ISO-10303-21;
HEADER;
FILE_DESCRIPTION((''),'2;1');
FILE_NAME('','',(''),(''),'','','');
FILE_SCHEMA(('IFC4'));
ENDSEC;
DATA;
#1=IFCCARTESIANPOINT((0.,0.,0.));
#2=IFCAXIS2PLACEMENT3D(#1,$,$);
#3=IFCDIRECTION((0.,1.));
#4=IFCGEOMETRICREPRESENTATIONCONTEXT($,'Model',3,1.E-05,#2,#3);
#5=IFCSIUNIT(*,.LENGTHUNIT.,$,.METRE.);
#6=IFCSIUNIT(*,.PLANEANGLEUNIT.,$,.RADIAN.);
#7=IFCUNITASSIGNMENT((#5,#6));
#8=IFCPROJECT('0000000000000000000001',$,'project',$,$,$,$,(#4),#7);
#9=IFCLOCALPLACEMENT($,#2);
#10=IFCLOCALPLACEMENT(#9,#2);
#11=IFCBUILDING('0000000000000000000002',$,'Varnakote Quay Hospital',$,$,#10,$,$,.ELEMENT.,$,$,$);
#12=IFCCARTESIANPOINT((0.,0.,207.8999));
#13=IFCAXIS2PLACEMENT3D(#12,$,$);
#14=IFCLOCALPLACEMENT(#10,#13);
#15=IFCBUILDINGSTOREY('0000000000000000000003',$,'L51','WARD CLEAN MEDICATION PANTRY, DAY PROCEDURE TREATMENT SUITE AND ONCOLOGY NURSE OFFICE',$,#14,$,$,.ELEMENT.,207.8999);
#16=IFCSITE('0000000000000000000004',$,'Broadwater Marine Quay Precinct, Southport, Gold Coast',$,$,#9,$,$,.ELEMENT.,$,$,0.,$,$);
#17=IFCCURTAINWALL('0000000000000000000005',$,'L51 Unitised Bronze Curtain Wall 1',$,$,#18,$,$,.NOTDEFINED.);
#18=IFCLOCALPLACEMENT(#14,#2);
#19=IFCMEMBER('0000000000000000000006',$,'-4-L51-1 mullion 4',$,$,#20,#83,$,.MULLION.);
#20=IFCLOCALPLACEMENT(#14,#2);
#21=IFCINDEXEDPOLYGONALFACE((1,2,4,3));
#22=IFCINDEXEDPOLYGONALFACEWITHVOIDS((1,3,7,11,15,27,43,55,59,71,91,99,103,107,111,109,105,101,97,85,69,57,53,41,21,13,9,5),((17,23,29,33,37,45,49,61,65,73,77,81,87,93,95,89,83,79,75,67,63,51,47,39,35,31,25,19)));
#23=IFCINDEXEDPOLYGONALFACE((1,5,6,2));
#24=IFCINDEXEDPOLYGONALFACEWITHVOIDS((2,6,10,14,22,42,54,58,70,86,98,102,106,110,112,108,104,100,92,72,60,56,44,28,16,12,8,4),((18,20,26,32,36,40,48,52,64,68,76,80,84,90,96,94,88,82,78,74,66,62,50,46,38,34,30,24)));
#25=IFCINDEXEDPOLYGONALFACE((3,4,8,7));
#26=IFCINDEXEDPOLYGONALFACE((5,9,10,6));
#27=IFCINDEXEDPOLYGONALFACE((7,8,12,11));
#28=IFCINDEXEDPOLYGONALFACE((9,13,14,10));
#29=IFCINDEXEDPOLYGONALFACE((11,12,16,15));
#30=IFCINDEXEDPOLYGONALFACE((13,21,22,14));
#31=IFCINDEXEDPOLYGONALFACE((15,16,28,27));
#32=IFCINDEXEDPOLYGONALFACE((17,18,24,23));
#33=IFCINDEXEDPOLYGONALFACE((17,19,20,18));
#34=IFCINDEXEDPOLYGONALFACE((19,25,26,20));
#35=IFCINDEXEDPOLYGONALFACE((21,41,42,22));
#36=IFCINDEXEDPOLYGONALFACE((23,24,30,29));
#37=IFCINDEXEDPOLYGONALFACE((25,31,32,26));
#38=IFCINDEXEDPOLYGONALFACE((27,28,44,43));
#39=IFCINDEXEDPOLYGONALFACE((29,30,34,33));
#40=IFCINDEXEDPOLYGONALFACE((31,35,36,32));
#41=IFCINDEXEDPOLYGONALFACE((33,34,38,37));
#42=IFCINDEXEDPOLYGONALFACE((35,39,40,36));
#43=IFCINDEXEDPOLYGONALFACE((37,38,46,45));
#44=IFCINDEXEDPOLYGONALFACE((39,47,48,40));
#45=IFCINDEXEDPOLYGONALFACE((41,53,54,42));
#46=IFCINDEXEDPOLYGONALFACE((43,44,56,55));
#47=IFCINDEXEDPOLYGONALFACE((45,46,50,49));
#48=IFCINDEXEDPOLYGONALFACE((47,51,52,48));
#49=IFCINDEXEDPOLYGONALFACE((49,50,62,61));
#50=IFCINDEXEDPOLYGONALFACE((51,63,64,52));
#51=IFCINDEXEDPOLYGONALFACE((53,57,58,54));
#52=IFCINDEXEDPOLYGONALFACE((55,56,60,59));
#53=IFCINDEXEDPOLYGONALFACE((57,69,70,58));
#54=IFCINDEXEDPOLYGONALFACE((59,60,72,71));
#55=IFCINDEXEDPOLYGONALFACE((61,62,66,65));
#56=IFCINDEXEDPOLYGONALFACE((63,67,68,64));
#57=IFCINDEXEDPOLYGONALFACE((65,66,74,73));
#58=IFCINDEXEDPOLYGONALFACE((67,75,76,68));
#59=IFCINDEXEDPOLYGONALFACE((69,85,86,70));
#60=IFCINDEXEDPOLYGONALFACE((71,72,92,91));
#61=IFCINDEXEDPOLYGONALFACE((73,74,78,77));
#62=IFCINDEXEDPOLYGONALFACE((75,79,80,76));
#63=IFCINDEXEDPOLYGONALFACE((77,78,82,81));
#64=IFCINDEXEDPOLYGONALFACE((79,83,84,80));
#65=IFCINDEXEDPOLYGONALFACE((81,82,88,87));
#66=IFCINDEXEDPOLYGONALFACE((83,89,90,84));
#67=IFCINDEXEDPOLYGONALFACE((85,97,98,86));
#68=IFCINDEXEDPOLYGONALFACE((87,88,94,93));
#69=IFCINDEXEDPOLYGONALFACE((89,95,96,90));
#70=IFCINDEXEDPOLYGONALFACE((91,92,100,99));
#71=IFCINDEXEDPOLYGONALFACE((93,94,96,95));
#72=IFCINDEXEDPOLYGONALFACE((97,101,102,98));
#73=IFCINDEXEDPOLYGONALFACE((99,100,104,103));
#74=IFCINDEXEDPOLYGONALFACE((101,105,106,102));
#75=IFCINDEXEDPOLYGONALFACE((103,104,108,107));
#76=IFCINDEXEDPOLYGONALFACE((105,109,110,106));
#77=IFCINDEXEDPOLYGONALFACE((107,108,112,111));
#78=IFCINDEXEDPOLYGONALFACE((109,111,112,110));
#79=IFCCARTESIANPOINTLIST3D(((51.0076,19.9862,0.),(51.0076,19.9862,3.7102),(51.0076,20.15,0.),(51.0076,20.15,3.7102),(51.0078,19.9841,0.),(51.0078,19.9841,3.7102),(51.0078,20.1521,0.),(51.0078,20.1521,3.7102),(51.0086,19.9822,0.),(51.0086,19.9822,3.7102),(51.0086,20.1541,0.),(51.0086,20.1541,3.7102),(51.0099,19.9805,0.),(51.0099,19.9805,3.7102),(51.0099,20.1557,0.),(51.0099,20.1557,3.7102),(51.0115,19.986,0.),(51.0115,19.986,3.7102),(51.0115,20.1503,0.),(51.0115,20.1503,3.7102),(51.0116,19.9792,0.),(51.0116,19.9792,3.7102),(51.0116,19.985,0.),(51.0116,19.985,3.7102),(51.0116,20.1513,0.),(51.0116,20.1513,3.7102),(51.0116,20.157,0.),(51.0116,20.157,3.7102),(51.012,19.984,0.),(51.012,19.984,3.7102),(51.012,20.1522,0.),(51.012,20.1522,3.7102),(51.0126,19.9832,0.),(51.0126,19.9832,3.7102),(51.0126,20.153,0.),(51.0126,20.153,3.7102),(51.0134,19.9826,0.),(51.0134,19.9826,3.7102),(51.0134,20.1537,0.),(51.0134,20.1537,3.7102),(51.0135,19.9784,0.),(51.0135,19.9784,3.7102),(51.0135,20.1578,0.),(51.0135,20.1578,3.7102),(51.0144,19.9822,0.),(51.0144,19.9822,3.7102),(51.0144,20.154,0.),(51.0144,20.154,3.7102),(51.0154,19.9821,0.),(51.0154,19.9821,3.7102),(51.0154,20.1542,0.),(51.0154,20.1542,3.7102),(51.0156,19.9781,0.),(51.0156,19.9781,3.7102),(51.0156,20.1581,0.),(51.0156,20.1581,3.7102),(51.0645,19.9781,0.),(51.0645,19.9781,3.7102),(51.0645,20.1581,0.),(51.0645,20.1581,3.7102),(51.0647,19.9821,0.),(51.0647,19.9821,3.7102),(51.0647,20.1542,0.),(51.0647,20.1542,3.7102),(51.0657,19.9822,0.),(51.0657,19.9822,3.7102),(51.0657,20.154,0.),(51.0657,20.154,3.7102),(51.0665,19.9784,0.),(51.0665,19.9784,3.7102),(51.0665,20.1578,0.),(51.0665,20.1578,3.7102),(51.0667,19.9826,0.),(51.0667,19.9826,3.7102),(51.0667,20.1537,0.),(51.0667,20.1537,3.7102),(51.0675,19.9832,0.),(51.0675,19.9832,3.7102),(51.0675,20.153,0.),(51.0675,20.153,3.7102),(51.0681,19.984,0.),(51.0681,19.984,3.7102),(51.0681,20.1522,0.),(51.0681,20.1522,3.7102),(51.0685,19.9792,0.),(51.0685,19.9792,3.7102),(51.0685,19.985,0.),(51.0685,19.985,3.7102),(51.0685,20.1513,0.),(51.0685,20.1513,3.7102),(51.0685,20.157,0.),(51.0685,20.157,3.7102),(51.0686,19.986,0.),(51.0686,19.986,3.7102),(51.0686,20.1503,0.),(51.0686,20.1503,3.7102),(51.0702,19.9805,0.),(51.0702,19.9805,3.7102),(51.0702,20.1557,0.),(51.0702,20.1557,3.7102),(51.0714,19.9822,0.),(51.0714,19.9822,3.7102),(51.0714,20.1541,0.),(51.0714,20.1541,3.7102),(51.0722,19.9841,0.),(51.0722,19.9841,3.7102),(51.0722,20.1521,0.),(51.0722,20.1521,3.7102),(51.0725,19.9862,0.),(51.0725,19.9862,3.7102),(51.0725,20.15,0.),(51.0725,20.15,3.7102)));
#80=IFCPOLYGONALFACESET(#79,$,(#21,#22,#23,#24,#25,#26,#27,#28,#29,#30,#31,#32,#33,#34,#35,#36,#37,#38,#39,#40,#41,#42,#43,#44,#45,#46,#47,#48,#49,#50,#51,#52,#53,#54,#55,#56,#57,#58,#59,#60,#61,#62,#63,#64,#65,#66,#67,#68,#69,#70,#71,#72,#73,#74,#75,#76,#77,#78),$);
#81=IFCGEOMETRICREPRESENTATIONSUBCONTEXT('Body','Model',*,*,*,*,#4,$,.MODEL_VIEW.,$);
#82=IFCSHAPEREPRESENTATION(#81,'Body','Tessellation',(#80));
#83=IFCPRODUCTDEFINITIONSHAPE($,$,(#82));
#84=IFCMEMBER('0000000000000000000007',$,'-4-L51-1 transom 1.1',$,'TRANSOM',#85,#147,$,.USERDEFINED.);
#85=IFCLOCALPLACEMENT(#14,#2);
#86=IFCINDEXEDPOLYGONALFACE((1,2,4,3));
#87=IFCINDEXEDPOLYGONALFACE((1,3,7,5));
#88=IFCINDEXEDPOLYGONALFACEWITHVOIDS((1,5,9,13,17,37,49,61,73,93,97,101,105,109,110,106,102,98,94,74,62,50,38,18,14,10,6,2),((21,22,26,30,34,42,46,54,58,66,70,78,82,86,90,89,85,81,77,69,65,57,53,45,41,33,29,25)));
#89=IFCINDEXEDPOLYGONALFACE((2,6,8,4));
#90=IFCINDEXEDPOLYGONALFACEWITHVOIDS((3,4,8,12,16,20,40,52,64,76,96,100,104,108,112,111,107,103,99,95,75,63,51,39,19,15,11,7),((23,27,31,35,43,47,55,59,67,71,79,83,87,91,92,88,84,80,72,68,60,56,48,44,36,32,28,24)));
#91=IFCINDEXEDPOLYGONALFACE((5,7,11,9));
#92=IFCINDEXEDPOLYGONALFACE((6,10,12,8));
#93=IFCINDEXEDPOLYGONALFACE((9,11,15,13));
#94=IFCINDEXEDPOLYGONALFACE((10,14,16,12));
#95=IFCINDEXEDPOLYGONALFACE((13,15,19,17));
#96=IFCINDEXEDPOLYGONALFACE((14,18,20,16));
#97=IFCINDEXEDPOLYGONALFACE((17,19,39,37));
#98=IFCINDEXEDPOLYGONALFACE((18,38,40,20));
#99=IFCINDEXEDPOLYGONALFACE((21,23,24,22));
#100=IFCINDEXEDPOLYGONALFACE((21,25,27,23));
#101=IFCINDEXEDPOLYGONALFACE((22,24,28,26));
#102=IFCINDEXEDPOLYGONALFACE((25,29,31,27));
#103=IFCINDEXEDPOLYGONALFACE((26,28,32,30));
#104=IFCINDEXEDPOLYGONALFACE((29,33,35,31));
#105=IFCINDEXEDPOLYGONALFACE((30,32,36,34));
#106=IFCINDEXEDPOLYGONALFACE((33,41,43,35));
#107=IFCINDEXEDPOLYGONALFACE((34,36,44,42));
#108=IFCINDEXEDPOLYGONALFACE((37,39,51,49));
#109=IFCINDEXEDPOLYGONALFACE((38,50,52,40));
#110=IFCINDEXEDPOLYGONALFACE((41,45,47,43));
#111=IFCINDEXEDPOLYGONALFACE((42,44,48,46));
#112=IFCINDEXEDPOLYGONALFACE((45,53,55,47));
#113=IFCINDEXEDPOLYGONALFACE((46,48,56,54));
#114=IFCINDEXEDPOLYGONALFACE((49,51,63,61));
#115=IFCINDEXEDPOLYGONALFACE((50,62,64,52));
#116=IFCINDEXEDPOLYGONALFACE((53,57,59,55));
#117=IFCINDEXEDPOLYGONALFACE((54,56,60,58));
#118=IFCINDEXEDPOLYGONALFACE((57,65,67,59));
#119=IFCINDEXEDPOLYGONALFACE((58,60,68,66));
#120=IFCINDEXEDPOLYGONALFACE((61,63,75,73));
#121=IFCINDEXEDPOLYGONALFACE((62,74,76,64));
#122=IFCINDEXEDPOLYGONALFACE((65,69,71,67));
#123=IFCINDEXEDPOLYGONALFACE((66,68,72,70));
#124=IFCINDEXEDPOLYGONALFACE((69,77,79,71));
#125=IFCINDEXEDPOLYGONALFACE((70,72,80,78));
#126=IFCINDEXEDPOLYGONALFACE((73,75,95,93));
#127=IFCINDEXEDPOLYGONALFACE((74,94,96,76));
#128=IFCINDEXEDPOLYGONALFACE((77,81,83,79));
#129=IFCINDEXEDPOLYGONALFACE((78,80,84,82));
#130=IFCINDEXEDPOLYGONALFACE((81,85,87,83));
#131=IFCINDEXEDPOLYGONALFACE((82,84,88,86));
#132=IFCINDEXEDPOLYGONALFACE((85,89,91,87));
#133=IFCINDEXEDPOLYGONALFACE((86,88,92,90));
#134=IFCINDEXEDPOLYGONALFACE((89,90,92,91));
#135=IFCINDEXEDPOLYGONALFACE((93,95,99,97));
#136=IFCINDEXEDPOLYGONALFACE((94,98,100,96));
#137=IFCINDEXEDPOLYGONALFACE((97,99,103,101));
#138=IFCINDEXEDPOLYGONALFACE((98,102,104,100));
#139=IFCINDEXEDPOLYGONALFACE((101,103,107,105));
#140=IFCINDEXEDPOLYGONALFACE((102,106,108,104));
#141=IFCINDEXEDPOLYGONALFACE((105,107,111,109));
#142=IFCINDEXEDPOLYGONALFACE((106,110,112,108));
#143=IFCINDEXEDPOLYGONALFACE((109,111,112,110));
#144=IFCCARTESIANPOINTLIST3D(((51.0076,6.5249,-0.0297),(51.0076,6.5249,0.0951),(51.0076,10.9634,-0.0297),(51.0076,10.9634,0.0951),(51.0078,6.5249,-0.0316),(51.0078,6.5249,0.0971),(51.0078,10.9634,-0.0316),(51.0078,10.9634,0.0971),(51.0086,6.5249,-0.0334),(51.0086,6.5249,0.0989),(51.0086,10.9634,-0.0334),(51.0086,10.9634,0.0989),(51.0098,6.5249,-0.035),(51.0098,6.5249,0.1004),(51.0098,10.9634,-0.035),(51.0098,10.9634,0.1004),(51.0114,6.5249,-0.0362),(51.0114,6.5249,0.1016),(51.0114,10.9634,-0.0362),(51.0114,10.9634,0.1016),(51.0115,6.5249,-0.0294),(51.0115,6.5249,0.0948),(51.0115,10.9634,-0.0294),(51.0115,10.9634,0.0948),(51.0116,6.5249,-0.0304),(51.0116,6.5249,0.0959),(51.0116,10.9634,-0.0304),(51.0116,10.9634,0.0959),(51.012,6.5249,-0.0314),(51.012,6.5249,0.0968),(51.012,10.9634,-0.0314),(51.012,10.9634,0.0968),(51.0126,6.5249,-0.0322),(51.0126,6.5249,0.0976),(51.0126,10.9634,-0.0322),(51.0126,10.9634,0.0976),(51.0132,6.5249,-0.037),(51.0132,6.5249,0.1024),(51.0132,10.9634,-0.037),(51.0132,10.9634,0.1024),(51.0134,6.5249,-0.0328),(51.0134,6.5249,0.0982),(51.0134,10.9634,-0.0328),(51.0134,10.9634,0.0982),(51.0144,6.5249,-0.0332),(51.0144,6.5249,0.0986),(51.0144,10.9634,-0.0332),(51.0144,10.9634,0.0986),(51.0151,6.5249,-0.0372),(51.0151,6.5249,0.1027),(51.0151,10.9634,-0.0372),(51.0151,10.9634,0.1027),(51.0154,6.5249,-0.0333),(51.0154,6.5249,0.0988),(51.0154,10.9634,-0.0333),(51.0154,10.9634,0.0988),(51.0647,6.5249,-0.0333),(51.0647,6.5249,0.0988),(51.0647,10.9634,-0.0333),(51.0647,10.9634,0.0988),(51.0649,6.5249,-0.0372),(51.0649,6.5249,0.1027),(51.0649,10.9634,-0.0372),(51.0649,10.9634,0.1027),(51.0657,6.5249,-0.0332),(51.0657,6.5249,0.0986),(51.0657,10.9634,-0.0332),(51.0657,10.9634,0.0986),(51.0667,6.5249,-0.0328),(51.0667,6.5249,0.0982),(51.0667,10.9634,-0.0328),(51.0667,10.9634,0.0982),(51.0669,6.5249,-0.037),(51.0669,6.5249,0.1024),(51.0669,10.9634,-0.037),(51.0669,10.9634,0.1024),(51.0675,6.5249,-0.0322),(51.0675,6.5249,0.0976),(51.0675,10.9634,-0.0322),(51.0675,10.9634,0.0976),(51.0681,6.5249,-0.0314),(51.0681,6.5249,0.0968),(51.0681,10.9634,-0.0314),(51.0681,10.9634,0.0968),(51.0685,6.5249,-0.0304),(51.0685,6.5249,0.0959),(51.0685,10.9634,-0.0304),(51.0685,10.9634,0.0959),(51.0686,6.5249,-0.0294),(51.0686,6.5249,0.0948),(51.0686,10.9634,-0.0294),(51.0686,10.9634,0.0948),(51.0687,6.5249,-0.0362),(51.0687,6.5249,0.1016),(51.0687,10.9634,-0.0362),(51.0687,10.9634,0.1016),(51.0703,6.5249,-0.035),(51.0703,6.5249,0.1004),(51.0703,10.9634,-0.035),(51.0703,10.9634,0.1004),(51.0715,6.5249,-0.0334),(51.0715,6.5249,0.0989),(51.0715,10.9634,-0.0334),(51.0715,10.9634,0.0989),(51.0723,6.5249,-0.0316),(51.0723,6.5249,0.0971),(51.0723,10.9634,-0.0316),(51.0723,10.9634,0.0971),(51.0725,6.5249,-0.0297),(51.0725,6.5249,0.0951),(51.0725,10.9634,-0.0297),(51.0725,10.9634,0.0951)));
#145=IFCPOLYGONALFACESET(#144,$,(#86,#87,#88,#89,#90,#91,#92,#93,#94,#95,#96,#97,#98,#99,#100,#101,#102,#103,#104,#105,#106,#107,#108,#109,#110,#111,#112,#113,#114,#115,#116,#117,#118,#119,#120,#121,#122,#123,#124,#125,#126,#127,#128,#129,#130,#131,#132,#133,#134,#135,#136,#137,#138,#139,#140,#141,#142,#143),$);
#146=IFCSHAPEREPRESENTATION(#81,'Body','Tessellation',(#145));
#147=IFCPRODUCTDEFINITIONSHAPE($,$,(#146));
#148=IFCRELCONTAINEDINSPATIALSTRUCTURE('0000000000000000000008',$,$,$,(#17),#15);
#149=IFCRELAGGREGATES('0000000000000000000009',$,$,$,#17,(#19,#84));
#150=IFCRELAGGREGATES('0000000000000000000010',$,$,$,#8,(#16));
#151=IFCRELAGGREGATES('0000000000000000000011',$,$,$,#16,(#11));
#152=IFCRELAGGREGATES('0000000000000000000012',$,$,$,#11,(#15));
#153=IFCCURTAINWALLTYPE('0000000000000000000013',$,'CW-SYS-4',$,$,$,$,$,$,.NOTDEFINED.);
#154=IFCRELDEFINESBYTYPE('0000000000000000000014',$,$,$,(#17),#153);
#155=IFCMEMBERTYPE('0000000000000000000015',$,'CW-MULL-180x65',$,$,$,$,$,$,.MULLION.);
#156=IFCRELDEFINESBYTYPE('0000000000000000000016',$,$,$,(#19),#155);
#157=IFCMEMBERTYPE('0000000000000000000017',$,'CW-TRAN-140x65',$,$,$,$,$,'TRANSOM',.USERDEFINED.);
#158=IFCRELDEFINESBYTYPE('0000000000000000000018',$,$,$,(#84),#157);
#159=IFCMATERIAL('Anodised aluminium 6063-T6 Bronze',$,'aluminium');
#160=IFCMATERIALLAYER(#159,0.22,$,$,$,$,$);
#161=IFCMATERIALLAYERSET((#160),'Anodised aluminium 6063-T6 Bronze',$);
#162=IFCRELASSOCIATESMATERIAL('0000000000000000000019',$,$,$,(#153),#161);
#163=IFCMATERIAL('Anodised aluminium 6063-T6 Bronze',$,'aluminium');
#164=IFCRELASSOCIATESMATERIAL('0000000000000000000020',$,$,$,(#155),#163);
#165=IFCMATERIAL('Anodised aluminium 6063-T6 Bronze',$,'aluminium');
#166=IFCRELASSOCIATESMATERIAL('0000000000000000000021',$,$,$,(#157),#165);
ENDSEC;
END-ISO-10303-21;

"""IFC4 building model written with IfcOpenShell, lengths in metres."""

from ifc_helpers import new_model, si_unit, direction, frame, origin, origin_2d, place, context, subcontext, project, spatial, hollow_rectangle, extrude, material, layer, layer_set, material_profile, profile_set, type_object, element, aggregate, save


model = new_model("IFC4")

# Units and contexts
model_context = context("Model", 3, precision=1e-05, world=origin(), true_north=direction((0.0, 1.0)))
body_context = subcontext(model_context, "Body", "Model", "MODEL_VIEW")
ifc_project = project(units=[si_unit("LENGTHUNIT", "METRE"), si_unit("PLANEANGLEUNIT", "RADIAN")], contexts=[model_context])

# Site, building, storey
site_placement = place(None, origin())
site = spatial("IfcSite", under=ifc_project, at=site_placement, Name="Broadwater Marine Quay Precinct, Southport, Gold Coast", CompositionType="ELEMENT", RefElevation=0.0)
building_placement = place(site_placement, origin())
building = spatial("IfcBuilding", under=site, at=building_placement, Name="Varnakote Quay Hospital", CompositionType="ELEMENT")
storey_placement = place(building_placement, frame((0.0, 0.0, 207.8999)))
storey = spatial("IfcBuildingStorey", under=building, at=storey_placement, Name="L51", Description="WARD CLEAN MEDICATION PANTRY, DAY PROCEDURE TREATMENT SUITE AND ONCOLOGY NURSE OFFICE", CompositionType="ELEMENT", Elevation=207.8999)

# Curtain wall, members
ifc_material_1 = material(Name="Anodised aluminium 6063-T6 Bronze", Category="aluminium")
ifc_layer_1 = layer(ifc_material_1, 0.22)
ifc_layer_set_1 = layer_set([ifc_layer_1], Name="Anodised aluminium 6063-T6 Bronze")
curtain_wall_type = type_object("IfcCurtainWallType", Name="CW-SYS-4", PredefinedType="NOTDEFINED", material=ifc_layer_set_1)
curtain_wall_placement = place(storey_placement, origin())
curtain_wall = element("IfcCurtainWall", 1, at=curtain_wall_placement, inside=storey, type_object=curtain_wall_type, Name="L51 Unitised Bronze Curtain Wall 1", PredefinedType="NOTDEFINED")
ifc_material_2 = material(Name="Anodised aluminium 6063-T6 Bronze", Category="aluminium")
ifc_material_profile_1 = material_profile(ifc_material_2, hollow_rectangle(XDim=0.0649, YDim=0.1799, WallThickness=0.0039, InnerFilletRadius=0.0039, OuterFilletRadius=0.0081, at=origin_2d()), Name="CW-MULL-180x65")
ifc_profile_set_1 = profile_set([ifc_material_profile_1], Name="Anodised aluminium 6063-T6 Bronze")
member_type_1 = type_object("IfcMemberType", Name="CW-MULL-180x65", PredefinedType="MULLION", material=ifc_profile_set_1)
member_1_placement = place(storey_placement, frame((51.04, 20.0681, 0.0), z_axis=(0.0, 0.0, 1.0), x_axis=(-1.0, 0.0, 0.0)))
member_1 = element("IfcMember", 2, at=member_1_placement, type_object=member_type_1, Name="-4-L51-1 mullion 4", PredefinedType="MULLION", context=body_context, shape_type="SweptSolid", body=[
    extrude(hollow_rectangle(XDim=0.0649, YDim=0.1799, WallThickness=0.0039, InnerFilletRadius=0.0039, OuterFilletRadius=0.0081, at=origin_2d()), origin(), (0.0, 0.0, 1.0), 3.7102),
])
ifc_material_3 = material(Name="Anodised aluminium 6063-T6 Bronze", Category="aluminium")
ifc_material_profile_2 = material_profile(ifc_material_3, hollow_rectangle(XDim=0.0649, YDim=0.1399, WallThickness=0.0039, InnerFilletRadius=0.0039, OuterFilletRadius=0.0076, at=origin_2d()), Name="CW-TRAN-140x65")
ifc_profile_set_2 = profile_set([ifc_material_profile_2], Name="Anodised aluminium 6063-T6 Bronze")
member_type_2 = type_object("IfcMemberType", Name="CW-TRAN-140x65", ElementType="TRANSOM", PredefinedType="USERDEFINED", material=ifc_profile_set_2)
member_2_placement = place(storey_placement, frame((51.04, 6.5249, 0.0327), z_axis=(0.0, 1.0, 0.0), x_axis=(-1.0, 0.0, 0.0)))
member_2 = element("IfcMember", 3, at=member_2_placement, type_object=member_type_2, Name="-4-L51-1 transom 1.1", ObjectType="TRANSOM", PredefinedType="USERDEFINED", context=body_context, shape_type="SweptSolid", body=[
    extrude(hollow_rectangle(XDim=0.0649, YDim=0.1399, WallThickness=0.0039, InnerFilletRadius=0.0039, OuterFilletRadius=0.0076, at=origin_2d()), origin(), (0.0, 0.0, 1.0), 4.4385),
])
aggregate(curtain_wall, [member_1, member_2])

save(model, "model.ifc")
